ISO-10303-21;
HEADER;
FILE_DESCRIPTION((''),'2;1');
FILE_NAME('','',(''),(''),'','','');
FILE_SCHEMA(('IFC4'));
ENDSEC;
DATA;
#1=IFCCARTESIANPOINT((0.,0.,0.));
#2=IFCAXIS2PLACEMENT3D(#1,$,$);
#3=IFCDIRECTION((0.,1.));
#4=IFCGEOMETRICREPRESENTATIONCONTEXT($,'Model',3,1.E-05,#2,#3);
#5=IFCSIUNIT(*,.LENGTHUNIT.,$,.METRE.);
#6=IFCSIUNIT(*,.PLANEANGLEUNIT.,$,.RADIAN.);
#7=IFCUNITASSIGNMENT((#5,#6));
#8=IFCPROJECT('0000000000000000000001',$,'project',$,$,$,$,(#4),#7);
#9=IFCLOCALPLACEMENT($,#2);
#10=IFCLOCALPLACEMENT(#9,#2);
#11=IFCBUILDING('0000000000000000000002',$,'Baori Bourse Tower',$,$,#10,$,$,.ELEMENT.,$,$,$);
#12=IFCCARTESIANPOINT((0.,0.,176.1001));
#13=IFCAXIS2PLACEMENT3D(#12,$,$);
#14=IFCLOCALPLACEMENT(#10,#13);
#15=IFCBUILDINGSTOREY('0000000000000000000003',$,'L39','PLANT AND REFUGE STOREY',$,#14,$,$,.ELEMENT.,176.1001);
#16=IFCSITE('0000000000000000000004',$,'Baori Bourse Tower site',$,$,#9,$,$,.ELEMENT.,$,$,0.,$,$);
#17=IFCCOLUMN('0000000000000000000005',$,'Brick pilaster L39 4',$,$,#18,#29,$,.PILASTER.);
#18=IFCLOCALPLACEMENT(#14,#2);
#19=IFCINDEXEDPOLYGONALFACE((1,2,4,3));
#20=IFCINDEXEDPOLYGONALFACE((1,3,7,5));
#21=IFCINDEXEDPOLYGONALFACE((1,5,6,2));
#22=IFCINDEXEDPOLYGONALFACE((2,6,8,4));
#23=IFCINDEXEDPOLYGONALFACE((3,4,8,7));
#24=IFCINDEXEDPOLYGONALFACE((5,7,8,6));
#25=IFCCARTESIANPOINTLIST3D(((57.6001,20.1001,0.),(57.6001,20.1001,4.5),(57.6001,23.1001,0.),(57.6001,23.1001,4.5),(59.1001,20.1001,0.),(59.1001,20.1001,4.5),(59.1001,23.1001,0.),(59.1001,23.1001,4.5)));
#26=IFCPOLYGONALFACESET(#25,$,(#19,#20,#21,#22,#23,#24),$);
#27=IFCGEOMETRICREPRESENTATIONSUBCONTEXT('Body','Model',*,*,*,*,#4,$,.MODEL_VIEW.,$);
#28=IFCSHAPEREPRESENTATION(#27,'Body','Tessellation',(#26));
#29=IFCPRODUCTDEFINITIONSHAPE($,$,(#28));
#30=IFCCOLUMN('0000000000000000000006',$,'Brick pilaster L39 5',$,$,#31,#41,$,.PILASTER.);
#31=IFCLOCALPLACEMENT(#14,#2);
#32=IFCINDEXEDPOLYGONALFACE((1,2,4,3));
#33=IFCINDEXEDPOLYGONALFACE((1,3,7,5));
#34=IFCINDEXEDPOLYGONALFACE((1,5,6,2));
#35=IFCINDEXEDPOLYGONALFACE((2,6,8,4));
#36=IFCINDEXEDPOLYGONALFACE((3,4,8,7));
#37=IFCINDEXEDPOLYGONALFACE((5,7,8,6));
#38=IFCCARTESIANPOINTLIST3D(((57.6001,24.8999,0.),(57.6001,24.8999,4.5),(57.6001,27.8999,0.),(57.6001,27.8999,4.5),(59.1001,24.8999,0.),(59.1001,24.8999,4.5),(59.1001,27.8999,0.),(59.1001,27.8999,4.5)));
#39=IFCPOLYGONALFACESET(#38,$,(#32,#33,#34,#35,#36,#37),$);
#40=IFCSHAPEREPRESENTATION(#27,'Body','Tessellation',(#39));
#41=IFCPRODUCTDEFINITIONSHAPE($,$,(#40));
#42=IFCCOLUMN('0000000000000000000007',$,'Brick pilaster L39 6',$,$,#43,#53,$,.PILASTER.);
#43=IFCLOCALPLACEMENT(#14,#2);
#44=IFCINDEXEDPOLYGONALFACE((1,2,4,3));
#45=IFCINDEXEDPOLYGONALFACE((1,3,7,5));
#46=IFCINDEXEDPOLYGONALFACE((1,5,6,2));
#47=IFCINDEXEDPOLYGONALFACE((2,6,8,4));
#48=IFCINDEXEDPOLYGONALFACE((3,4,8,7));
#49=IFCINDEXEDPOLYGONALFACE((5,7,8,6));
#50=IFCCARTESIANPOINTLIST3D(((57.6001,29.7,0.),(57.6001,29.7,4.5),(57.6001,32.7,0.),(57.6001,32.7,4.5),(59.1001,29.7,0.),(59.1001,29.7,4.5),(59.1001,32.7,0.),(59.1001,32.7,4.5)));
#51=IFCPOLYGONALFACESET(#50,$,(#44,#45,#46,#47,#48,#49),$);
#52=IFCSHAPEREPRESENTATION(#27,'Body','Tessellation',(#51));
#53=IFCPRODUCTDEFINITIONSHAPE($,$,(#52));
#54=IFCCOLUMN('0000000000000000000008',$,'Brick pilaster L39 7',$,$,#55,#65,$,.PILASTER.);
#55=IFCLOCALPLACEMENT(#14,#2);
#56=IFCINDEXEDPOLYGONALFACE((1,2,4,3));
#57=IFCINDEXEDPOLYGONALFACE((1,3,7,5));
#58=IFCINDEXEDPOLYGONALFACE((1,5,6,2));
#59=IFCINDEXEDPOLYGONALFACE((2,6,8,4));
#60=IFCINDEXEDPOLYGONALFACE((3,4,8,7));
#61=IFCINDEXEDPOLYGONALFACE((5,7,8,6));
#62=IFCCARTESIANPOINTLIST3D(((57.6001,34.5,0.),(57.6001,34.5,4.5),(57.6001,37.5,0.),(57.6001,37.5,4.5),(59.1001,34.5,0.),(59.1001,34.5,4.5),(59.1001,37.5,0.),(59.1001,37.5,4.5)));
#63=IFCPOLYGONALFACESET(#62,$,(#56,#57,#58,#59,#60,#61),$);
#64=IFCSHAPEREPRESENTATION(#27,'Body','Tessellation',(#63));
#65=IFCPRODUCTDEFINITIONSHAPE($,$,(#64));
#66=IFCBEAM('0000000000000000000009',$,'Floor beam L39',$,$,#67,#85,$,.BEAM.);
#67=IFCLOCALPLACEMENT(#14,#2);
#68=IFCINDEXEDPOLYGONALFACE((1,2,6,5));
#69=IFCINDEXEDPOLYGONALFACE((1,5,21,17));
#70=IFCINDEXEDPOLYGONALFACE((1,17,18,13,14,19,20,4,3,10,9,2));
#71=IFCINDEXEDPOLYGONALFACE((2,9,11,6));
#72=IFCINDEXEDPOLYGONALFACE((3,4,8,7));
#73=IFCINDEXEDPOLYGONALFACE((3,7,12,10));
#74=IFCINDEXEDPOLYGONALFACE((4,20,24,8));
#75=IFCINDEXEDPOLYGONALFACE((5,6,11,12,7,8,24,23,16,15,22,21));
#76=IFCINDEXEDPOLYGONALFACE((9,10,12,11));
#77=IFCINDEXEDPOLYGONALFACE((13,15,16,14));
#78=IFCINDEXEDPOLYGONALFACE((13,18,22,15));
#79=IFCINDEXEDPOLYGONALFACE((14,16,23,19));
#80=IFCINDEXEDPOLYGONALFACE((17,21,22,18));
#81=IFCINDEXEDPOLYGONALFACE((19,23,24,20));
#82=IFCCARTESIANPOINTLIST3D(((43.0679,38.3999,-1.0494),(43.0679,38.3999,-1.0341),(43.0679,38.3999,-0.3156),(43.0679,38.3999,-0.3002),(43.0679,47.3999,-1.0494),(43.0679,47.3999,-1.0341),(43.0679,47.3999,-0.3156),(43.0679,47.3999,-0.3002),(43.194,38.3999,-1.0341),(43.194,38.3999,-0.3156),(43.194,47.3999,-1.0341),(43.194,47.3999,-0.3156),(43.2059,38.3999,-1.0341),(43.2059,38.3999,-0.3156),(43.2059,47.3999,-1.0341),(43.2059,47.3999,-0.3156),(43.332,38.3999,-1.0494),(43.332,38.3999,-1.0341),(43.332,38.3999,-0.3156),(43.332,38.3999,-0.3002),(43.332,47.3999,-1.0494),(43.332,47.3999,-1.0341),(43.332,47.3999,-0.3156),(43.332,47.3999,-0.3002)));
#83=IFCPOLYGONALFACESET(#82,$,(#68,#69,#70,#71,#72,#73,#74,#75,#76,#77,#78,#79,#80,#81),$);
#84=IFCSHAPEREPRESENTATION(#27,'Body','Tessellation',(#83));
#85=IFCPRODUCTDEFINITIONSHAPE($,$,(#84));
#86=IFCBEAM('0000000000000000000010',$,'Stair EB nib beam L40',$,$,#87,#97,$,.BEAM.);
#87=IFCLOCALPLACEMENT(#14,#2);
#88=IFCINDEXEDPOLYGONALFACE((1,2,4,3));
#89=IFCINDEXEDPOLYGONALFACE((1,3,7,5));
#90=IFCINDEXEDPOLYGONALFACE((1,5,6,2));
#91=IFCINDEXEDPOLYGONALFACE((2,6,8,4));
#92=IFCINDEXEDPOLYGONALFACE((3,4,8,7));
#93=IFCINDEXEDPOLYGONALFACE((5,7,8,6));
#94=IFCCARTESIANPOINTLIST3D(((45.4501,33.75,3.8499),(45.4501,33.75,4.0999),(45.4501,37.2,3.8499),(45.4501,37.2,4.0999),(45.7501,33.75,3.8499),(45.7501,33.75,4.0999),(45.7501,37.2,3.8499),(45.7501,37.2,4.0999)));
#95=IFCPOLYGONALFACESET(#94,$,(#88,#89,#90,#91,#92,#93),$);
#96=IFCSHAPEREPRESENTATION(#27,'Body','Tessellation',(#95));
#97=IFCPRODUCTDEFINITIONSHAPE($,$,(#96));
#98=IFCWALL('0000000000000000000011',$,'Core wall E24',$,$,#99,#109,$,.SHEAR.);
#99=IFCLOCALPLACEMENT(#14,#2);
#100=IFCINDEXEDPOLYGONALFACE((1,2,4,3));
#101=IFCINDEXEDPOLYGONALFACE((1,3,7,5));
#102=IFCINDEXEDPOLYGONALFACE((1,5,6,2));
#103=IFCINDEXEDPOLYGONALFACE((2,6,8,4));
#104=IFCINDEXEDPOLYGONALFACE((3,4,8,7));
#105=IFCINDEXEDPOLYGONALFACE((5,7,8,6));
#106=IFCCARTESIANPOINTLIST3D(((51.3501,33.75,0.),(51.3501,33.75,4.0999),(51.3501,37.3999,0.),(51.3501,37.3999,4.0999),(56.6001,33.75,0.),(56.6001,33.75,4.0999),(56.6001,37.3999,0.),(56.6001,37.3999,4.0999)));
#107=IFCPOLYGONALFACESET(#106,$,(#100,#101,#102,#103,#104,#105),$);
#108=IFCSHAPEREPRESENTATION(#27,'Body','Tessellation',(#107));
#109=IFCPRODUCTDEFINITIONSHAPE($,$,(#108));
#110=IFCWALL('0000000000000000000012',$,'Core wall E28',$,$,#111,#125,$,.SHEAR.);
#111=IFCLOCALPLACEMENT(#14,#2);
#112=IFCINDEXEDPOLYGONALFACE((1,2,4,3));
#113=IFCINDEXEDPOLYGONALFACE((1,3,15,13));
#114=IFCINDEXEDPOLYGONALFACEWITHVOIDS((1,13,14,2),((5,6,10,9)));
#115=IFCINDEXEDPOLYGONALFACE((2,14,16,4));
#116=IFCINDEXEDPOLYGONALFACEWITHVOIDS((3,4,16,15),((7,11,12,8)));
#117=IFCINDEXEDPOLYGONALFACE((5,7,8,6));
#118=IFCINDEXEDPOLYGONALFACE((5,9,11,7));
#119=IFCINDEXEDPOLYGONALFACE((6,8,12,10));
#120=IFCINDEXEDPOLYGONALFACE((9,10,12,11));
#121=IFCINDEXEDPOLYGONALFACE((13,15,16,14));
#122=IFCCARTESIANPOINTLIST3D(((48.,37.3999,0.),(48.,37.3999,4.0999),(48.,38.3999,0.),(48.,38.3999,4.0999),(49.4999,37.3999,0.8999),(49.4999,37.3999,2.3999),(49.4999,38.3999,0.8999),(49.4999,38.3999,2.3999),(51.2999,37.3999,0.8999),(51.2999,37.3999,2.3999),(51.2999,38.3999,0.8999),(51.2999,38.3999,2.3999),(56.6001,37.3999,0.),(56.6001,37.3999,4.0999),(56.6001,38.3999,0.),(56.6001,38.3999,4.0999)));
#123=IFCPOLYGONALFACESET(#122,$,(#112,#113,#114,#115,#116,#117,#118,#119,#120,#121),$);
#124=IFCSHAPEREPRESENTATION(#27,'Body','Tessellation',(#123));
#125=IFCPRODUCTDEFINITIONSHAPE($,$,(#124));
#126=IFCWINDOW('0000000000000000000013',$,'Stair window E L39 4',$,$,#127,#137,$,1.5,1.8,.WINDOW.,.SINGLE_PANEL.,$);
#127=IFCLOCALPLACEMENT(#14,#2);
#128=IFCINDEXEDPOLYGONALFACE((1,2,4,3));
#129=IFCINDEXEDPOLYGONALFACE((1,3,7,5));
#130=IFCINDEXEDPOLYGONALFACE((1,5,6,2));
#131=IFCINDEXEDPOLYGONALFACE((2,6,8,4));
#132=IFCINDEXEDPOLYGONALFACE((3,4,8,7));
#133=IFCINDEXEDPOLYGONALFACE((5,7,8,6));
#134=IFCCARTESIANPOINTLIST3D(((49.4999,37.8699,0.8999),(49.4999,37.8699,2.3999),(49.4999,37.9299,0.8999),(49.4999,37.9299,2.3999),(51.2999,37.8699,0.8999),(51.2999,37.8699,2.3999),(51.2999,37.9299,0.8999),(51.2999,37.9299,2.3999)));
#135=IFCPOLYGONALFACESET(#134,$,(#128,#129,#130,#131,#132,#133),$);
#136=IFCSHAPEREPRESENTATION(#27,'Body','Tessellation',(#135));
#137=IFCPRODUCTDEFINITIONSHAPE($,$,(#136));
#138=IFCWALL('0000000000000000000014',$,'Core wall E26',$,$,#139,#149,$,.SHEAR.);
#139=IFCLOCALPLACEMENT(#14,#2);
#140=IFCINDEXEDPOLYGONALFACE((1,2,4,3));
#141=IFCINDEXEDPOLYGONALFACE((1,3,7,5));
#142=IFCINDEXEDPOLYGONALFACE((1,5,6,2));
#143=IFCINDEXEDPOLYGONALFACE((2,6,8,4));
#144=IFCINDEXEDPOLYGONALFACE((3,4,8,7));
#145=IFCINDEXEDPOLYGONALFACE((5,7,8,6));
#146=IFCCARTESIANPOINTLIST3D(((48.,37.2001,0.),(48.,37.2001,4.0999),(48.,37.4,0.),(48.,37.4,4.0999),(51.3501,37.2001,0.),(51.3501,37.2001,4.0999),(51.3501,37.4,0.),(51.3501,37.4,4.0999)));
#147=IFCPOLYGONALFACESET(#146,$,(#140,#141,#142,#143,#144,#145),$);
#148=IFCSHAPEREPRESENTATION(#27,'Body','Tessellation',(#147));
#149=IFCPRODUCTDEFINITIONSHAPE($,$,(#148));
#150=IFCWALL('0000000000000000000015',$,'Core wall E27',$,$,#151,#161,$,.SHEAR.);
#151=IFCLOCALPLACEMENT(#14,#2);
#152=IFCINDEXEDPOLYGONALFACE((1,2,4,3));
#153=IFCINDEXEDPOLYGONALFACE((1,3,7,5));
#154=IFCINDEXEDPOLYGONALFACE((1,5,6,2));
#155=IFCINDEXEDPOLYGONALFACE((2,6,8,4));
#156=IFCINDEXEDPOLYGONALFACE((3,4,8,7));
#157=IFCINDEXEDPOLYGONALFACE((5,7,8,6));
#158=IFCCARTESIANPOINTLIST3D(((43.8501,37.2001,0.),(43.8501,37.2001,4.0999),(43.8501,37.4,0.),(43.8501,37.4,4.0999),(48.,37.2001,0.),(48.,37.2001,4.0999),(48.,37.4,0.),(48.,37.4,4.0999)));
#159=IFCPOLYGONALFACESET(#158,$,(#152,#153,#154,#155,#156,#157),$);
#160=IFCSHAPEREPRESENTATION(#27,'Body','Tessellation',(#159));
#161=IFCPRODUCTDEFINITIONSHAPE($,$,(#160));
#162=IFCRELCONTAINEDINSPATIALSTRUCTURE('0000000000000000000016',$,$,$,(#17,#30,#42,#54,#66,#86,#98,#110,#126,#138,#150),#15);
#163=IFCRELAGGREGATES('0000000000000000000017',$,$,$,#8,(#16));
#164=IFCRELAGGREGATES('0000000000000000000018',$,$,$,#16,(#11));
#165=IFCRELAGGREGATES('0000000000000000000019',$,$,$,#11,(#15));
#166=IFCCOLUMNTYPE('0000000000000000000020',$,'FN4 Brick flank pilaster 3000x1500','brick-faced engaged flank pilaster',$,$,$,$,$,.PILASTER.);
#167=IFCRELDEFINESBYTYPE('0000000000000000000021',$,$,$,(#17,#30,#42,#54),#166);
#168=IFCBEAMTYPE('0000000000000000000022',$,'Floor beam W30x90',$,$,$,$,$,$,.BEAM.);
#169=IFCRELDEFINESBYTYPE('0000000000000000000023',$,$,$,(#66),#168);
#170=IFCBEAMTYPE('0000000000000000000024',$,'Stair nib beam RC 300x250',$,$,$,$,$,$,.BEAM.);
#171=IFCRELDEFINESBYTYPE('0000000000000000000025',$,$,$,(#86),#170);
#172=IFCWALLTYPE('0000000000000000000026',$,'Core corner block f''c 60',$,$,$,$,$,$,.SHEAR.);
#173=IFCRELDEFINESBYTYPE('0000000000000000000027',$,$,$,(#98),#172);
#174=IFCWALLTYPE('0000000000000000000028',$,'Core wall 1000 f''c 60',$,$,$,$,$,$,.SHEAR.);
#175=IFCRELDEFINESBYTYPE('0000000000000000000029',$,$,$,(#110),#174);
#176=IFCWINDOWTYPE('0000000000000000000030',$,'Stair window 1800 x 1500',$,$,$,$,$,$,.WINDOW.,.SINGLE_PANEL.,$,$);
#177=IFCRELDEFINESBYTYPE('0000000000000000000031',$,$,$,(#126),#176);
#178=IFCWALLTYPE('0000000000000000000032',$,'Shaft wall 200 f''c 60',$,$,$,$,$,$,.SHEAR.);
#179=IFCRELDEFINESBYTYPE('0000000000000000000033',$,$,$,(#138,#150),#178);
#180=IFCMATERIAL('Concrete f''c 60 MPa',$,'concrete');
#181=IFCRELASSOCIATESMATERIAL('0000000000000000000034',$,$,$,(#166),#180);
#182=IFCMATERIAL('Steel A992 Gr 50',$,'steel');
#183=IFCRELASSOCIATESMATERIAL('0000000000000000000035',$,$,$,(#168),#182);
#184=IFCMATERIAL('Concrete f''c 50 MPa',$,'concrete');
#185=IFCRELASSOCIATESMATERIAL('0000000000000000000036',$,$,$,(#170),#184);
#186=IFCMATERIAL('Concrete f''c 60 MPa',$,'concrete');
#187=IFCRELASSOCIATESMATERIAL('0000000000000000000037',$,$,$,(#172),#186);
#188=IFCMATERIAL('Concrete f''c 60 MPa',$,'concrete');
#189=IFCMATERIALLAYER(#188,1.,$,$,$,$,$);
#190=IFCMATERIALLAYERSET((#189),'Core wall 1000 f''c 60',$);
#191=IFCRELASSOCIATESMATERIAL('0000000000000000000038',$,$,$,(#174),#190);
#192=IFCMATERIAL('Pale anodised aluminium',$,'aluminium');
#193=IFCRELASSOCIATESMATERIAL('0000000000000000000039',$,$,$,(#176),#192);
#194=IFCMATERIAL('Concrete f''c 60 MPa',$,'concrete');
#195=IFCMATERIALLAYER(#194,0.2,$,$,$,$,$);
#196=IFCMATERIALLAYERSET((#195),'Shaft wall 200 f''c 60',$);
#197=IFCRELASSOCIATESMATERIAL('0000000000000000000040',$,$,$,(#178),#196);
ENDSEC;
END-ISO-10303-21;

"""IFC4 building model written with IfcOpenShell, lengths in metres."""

from ifc_helpers import new_model, si_unit, direction, frame, frame_2d, origin, origin_2d, place, context, subcontext, project, spatial, rectangle, i_section, extrude, material, layer, layer_set, material_profile, profile_set, type_object, element, fill, save


model = new_model("IFC4")

# Units and contexts
model_context = context("Model", 3, precision=1e-05, world=origin(), true_north=direction((0.0, 1.0)))
body_context = subcontext(model_context, "Body", "Model", "MODEL_VIEW")
ifc_project = project(units=[si_unit("LENGTHUNIT", "METRE"), si_unit("PLANEANGLEUNIT", "RADIAN")], contexts=[model_context])

# Site, building, storey
site_placement = place(None, origin())
site = spatial("IfcSite", under=ifc_project, at=site_placement, Name="Baori Bourse Tower site", CompositionType="ELEMENT", RefElevation=0.0)
building_placement = place(site_placement, origin())
building = spatial("IfcBuilding", under=site, at=building_placement, Name="Baori Bourse Tower", CompositionType="ELEMENT")
storey_placement = place(building_placement, frame((0.0, 0.0, 176.1001)))
storey = spatial("IfcBuildingStorey", under=building, at=storey_placement, Name="L39", Description="PLANT AND REFUGE STOREY", CompositionType="ELEMENT", Elevation=176.1001)

# Columns
ifc_material_1 = material(Name="Concrete f'c 60 MPa", Category="concrete")
ifc_material_profile_1 = material_profile(ifc_material_1, rectangle(XDim=3.0, YDim=1.5, at=origin_2d()), Name="RC 3000x1500")
ifc_profile_set_1 = profile_set([ifc_material_profile_1], Name="Concrete f'c 60 MPa")
column_type = type_object("IfcColumnType", Name="FN4 Brick flank pilaster 3000x1500", Description="brick-faced engaged flank pilaster", PredefinedType="PILASTER", material=ifc_profile_set_1)
for number, where, z_axis, x_axis, name in (
    (1, (58.3501, 21.6001, 0.0), (0.0, 0.0, 1.0), (0.0, 1.0, 0.0), "Brick pilaster L39 4"),
    (2, (58.3501, 26.3999, 0.0), (0.0, 0.0, 1.0), (0.0, 1.0, 0.0), "Brick pilaster L39 5"),
    (3, (58.3501, 31.2, 0.0), (0.0, 0.0, 1.0), (0.0, 1.0, 0.0), "Brick pilaster L39 6"),
    (4, (58.3501, 36.0, 0.0), (0.0, 0.0, 1.0), (0.0, 1.0, 0.0), "Brick pilaster L39 7"),
):
    element("IfcColumn", number, at=place(storey_placement, frame(where, z_axis=z_axis, x_axis=x_axis)), inside=storey, type_object=column_type, Name=name, PredefinedType="PILASTER", context=body_context, shape_type="SweptSolid", body=[
        extrude(rectangle(XDim=3.0, YDim=1.5, at=origin_2d()), origin(), (0.0, 0.0, 1.0), 4.5),
    ])

# Beams
ifc_material_2 = material(Name="Steel A992 Gr 50", Category="steel")
ifc_material_profile_2 = material_profile(ifc_material_2, i_section(OverallWidth=0.2642, OverallDepth=0.7493, WebThickness=0.012, FlangeThickness=0.0154, at=origin_2d()), Name="W30x90")
ifc_profile_set_2 = profile_set([ifc_material_profile_2], Name="Steel A992 Gr 50")
beam_type_1 = type_object("IfcBeamType", Name="Floor beam W30x90", PredefinedType="BEAM", material=ifc_profile_set_2)
beam_1_placement = place(storey_placement, frame((43.2, 38.3999, -0.6748), z_axis=(0.0, 1.0, 0.0), x_axis=(-1.0, 0.0, 0.0)))
element("IfcBeam", 5, at=beam_1_placement, inside=storey, type_object=beam_type_1, Name="Floor beam L39", PredefinedType="BEAM", context=body_context, shape_type="SweptSolid", body=[
    extrude(i_section(OverallWidth=0.2642, OverallDepth=0.7493, WebThickness=0.012, FlangeThickness=0.0154, at=origin_2d()), origin(), (0.0, 0.0, 1.0), 9.0),
])
ifc_material_3 = material(Name="Concrete f'c 50 MPa", Category="concrete")
ifc_material_profile_3 = material_profile(ifc_material_3, rectangle(XDim=0.3, YDim=0.25, at=origin_2d()), Name="RC 300x250")
ifc_profile_set_3 = profile_set([ifc_material_profile_3], Name="Concrete f'c 50 MPa")
beam_type_2 = type_object("IfcBeamType", Name="Stair nib beam RC 300x250", PredefinedType="BEAM", material=ifc_profile_set_3)
beam_2_placement = place(storey_placement, frame((45.6001, 33.75, 3.9749), z_axis=(0.0, 1.0, 0.0), x_axis=(-1.0, 0.0, 0.0)))
element("IfcBeam", 6, at=beam_2_placement, inside=storey, type_object=beam_type_2, Name="Stair EB nib beam L40", PredefinedType="BEAM", context=body_context, shape_type="SweptSolid", body=[
    extrude(rectangle(XDim=0.3, YDim=0.25, at=origin_2d()), origin(), (0.0, 0.0, 1.0), 3.45),
])

# Wall
ifc_material_4 = material(Name="Concrete f'c 60 MPa", Category="concrete")
wall_type_1 = type_object("IfcWallType", Name="Core corner block f'c 60", PredefinedType="SHEAR", material=ifc_material_4)
wall_1_placement = place(storey_placement, frame((51.3501, 35.575, 0.0), z_axis=(0.0, 0.0, 1.0), x_axis=(1.0, 0.0, 0.0)))
element("IfcWall", 7, at=wall_1_placement, inside=storey, type_object=wall_type_1, Name="Core wall E24", PredefinedType="SHEAR", context=body_context, shape_type="SweptSolid", body=[
    extrude(rectangle(XDim=5.25, YDim=3.6499, at=frame_2d((2.625, 0.0))), origin(), (0.0, 0.0, 1.0), 4.0999),
])

# Wall, opening, window
ifc_material_5 = material(Name="Concrete f'c 60 MPa", Category="concrete")
ifc_layer_1 = layer(ifc_material_5, 1.0)
ifc_layer_set_1 = layer_set([ifc_layer_1], Name="Core wall 1000 f'c 60")
wall_type_2 = type_object("IfcWallType", Name="Core wall 1000 f'c 60", PredefinedType="SHEAR", material=ifc_layer_set_1)
wall_2_placement = place(storey_placement, frame((48.0, 37.8999, 0.0), z_axis=(0.0, 0.0, 1.0), x_axis=(1.0, 0.0, 0.0)))
wall_2 = element("IfcWall", 8, at=wall_2_placement, inside=storey, type_object=wall_type_2, Name="Core wall E28", PredefinedType="SHEAR", context=body_context, shape_type="SweptSolid", body=[
    extrude(rectangle(XDim=8.6001, YDim=1.0, at=frame_2d((4.3, 0.0))), origin(), (0.0, 0.0, 1.0), 4.0999),
])
opening_1_placement = place(wall_2_placement, frame((1.5, 0.0, 0.8999)))
opening_1 = element("IfcOpeningElement", 9, at=opening_1_placement, cuts=wall_2, PredefinedType="OPENING", context=body_context, shape_type="SweptSolid", body=[
    extrude(rectangle(XDim=1.8, YDim=1.5, at=frame_2d((0.8999, 0.75))), frame((0.0, 0.51, 0.0), z_axis=(0.0, -1.0, 0.0), x_axis=(1.0, 0.0, 0.0)), (0.0, 0.0, 1.0), 1.02),
])
ifc_material_6 = material(Name="Pale anodised aluminium", Category="aluminium")
window_type = type_object("IfcWindowType", Name="Stair window 1800 x 1500", PartitioningType="SINGLE_PANEL", PredefinedType="WINDOW", material=ifc_material_6)
window_placement = place(opening_1_placement, origin())
window = element("IfcWindow", 10, at=window_placement, inside=storey, type_object=window_type, Name="Stair window E L39 4", OverallHeight=1.5, OverallWidth=1.8, PartitioningType="SINGLE_PANEL", PredefinedType="WINDOW", context=body_context, shape_type="SweptSolid", body=[
    extrude(rectangle(XDim=1.8, YDim=1.5, at=frame_2d((0.8999, 0.75))), frame((0.0, 0.03, 0.0), z_axis=(0.0, -1.0, 0.0), x_axis=(1.0, 0.0, 0.0)), (0.0, 0.0, 1.0), 0.0601),
])
fill(opening_1, window)

# Walls
ifc_material_7 = material(Name="Concrete f'c 60 MPa", Category="concrete")
ifc_layer_2 = layer(ifc_material_7, 0.2)
ifc_layer_set_2 = layer_set([ifc_layer_2], Name="Shaft wall 200 f'c 60")
wall_type_3 = type_object("IfcWallType", Name="Shaft wall 200 f'c 60", PredefinedType="SHEAR", material=ifc_layer_set_2)
wall_3_placement = place(storey_placement, frame((48.0, 37.3, 0.0), z_axis=(0.0, 0.0, 1.0), x_axis=(1.0, 0.0, 0.0)))
element("IfcWall", 11, at=wall_3_placement, inside=storey, type_object=wall_type_3, Name="Core wall E26", PredefinedType="SHEAR", context=body_context, shape_type="SweptSolid", body=[
    extrude(rectangle(XDim=3.3501, YDim=0.2, at=frame_2d((1.675, 0.0))), origin(), (0.0, 0.0, 1.0), 4.0999),
])
wall_4_placement = place(storey_placement, frame((43.8501, 37.3, 0.0), z_axis=(0.0, 0.0, 1.0), x_axis=(1.0, 0.0, 0.0)))
element("IfcWall", 12, at=wall_4_placement, inside=storey, type_object=wall_type_3, Name="Core wall E27", PredefinedType="SHEAR", context=body_context, shape_type="SweptSolid", body=[
    extrude(rectangle(XDim=4.1499, YDim=0.2, at=frame_2d((2.075, 0.0))), origin(), (0.0, 0.0, 1.0), 4.0999),
])

save(model, "model.ifc")
